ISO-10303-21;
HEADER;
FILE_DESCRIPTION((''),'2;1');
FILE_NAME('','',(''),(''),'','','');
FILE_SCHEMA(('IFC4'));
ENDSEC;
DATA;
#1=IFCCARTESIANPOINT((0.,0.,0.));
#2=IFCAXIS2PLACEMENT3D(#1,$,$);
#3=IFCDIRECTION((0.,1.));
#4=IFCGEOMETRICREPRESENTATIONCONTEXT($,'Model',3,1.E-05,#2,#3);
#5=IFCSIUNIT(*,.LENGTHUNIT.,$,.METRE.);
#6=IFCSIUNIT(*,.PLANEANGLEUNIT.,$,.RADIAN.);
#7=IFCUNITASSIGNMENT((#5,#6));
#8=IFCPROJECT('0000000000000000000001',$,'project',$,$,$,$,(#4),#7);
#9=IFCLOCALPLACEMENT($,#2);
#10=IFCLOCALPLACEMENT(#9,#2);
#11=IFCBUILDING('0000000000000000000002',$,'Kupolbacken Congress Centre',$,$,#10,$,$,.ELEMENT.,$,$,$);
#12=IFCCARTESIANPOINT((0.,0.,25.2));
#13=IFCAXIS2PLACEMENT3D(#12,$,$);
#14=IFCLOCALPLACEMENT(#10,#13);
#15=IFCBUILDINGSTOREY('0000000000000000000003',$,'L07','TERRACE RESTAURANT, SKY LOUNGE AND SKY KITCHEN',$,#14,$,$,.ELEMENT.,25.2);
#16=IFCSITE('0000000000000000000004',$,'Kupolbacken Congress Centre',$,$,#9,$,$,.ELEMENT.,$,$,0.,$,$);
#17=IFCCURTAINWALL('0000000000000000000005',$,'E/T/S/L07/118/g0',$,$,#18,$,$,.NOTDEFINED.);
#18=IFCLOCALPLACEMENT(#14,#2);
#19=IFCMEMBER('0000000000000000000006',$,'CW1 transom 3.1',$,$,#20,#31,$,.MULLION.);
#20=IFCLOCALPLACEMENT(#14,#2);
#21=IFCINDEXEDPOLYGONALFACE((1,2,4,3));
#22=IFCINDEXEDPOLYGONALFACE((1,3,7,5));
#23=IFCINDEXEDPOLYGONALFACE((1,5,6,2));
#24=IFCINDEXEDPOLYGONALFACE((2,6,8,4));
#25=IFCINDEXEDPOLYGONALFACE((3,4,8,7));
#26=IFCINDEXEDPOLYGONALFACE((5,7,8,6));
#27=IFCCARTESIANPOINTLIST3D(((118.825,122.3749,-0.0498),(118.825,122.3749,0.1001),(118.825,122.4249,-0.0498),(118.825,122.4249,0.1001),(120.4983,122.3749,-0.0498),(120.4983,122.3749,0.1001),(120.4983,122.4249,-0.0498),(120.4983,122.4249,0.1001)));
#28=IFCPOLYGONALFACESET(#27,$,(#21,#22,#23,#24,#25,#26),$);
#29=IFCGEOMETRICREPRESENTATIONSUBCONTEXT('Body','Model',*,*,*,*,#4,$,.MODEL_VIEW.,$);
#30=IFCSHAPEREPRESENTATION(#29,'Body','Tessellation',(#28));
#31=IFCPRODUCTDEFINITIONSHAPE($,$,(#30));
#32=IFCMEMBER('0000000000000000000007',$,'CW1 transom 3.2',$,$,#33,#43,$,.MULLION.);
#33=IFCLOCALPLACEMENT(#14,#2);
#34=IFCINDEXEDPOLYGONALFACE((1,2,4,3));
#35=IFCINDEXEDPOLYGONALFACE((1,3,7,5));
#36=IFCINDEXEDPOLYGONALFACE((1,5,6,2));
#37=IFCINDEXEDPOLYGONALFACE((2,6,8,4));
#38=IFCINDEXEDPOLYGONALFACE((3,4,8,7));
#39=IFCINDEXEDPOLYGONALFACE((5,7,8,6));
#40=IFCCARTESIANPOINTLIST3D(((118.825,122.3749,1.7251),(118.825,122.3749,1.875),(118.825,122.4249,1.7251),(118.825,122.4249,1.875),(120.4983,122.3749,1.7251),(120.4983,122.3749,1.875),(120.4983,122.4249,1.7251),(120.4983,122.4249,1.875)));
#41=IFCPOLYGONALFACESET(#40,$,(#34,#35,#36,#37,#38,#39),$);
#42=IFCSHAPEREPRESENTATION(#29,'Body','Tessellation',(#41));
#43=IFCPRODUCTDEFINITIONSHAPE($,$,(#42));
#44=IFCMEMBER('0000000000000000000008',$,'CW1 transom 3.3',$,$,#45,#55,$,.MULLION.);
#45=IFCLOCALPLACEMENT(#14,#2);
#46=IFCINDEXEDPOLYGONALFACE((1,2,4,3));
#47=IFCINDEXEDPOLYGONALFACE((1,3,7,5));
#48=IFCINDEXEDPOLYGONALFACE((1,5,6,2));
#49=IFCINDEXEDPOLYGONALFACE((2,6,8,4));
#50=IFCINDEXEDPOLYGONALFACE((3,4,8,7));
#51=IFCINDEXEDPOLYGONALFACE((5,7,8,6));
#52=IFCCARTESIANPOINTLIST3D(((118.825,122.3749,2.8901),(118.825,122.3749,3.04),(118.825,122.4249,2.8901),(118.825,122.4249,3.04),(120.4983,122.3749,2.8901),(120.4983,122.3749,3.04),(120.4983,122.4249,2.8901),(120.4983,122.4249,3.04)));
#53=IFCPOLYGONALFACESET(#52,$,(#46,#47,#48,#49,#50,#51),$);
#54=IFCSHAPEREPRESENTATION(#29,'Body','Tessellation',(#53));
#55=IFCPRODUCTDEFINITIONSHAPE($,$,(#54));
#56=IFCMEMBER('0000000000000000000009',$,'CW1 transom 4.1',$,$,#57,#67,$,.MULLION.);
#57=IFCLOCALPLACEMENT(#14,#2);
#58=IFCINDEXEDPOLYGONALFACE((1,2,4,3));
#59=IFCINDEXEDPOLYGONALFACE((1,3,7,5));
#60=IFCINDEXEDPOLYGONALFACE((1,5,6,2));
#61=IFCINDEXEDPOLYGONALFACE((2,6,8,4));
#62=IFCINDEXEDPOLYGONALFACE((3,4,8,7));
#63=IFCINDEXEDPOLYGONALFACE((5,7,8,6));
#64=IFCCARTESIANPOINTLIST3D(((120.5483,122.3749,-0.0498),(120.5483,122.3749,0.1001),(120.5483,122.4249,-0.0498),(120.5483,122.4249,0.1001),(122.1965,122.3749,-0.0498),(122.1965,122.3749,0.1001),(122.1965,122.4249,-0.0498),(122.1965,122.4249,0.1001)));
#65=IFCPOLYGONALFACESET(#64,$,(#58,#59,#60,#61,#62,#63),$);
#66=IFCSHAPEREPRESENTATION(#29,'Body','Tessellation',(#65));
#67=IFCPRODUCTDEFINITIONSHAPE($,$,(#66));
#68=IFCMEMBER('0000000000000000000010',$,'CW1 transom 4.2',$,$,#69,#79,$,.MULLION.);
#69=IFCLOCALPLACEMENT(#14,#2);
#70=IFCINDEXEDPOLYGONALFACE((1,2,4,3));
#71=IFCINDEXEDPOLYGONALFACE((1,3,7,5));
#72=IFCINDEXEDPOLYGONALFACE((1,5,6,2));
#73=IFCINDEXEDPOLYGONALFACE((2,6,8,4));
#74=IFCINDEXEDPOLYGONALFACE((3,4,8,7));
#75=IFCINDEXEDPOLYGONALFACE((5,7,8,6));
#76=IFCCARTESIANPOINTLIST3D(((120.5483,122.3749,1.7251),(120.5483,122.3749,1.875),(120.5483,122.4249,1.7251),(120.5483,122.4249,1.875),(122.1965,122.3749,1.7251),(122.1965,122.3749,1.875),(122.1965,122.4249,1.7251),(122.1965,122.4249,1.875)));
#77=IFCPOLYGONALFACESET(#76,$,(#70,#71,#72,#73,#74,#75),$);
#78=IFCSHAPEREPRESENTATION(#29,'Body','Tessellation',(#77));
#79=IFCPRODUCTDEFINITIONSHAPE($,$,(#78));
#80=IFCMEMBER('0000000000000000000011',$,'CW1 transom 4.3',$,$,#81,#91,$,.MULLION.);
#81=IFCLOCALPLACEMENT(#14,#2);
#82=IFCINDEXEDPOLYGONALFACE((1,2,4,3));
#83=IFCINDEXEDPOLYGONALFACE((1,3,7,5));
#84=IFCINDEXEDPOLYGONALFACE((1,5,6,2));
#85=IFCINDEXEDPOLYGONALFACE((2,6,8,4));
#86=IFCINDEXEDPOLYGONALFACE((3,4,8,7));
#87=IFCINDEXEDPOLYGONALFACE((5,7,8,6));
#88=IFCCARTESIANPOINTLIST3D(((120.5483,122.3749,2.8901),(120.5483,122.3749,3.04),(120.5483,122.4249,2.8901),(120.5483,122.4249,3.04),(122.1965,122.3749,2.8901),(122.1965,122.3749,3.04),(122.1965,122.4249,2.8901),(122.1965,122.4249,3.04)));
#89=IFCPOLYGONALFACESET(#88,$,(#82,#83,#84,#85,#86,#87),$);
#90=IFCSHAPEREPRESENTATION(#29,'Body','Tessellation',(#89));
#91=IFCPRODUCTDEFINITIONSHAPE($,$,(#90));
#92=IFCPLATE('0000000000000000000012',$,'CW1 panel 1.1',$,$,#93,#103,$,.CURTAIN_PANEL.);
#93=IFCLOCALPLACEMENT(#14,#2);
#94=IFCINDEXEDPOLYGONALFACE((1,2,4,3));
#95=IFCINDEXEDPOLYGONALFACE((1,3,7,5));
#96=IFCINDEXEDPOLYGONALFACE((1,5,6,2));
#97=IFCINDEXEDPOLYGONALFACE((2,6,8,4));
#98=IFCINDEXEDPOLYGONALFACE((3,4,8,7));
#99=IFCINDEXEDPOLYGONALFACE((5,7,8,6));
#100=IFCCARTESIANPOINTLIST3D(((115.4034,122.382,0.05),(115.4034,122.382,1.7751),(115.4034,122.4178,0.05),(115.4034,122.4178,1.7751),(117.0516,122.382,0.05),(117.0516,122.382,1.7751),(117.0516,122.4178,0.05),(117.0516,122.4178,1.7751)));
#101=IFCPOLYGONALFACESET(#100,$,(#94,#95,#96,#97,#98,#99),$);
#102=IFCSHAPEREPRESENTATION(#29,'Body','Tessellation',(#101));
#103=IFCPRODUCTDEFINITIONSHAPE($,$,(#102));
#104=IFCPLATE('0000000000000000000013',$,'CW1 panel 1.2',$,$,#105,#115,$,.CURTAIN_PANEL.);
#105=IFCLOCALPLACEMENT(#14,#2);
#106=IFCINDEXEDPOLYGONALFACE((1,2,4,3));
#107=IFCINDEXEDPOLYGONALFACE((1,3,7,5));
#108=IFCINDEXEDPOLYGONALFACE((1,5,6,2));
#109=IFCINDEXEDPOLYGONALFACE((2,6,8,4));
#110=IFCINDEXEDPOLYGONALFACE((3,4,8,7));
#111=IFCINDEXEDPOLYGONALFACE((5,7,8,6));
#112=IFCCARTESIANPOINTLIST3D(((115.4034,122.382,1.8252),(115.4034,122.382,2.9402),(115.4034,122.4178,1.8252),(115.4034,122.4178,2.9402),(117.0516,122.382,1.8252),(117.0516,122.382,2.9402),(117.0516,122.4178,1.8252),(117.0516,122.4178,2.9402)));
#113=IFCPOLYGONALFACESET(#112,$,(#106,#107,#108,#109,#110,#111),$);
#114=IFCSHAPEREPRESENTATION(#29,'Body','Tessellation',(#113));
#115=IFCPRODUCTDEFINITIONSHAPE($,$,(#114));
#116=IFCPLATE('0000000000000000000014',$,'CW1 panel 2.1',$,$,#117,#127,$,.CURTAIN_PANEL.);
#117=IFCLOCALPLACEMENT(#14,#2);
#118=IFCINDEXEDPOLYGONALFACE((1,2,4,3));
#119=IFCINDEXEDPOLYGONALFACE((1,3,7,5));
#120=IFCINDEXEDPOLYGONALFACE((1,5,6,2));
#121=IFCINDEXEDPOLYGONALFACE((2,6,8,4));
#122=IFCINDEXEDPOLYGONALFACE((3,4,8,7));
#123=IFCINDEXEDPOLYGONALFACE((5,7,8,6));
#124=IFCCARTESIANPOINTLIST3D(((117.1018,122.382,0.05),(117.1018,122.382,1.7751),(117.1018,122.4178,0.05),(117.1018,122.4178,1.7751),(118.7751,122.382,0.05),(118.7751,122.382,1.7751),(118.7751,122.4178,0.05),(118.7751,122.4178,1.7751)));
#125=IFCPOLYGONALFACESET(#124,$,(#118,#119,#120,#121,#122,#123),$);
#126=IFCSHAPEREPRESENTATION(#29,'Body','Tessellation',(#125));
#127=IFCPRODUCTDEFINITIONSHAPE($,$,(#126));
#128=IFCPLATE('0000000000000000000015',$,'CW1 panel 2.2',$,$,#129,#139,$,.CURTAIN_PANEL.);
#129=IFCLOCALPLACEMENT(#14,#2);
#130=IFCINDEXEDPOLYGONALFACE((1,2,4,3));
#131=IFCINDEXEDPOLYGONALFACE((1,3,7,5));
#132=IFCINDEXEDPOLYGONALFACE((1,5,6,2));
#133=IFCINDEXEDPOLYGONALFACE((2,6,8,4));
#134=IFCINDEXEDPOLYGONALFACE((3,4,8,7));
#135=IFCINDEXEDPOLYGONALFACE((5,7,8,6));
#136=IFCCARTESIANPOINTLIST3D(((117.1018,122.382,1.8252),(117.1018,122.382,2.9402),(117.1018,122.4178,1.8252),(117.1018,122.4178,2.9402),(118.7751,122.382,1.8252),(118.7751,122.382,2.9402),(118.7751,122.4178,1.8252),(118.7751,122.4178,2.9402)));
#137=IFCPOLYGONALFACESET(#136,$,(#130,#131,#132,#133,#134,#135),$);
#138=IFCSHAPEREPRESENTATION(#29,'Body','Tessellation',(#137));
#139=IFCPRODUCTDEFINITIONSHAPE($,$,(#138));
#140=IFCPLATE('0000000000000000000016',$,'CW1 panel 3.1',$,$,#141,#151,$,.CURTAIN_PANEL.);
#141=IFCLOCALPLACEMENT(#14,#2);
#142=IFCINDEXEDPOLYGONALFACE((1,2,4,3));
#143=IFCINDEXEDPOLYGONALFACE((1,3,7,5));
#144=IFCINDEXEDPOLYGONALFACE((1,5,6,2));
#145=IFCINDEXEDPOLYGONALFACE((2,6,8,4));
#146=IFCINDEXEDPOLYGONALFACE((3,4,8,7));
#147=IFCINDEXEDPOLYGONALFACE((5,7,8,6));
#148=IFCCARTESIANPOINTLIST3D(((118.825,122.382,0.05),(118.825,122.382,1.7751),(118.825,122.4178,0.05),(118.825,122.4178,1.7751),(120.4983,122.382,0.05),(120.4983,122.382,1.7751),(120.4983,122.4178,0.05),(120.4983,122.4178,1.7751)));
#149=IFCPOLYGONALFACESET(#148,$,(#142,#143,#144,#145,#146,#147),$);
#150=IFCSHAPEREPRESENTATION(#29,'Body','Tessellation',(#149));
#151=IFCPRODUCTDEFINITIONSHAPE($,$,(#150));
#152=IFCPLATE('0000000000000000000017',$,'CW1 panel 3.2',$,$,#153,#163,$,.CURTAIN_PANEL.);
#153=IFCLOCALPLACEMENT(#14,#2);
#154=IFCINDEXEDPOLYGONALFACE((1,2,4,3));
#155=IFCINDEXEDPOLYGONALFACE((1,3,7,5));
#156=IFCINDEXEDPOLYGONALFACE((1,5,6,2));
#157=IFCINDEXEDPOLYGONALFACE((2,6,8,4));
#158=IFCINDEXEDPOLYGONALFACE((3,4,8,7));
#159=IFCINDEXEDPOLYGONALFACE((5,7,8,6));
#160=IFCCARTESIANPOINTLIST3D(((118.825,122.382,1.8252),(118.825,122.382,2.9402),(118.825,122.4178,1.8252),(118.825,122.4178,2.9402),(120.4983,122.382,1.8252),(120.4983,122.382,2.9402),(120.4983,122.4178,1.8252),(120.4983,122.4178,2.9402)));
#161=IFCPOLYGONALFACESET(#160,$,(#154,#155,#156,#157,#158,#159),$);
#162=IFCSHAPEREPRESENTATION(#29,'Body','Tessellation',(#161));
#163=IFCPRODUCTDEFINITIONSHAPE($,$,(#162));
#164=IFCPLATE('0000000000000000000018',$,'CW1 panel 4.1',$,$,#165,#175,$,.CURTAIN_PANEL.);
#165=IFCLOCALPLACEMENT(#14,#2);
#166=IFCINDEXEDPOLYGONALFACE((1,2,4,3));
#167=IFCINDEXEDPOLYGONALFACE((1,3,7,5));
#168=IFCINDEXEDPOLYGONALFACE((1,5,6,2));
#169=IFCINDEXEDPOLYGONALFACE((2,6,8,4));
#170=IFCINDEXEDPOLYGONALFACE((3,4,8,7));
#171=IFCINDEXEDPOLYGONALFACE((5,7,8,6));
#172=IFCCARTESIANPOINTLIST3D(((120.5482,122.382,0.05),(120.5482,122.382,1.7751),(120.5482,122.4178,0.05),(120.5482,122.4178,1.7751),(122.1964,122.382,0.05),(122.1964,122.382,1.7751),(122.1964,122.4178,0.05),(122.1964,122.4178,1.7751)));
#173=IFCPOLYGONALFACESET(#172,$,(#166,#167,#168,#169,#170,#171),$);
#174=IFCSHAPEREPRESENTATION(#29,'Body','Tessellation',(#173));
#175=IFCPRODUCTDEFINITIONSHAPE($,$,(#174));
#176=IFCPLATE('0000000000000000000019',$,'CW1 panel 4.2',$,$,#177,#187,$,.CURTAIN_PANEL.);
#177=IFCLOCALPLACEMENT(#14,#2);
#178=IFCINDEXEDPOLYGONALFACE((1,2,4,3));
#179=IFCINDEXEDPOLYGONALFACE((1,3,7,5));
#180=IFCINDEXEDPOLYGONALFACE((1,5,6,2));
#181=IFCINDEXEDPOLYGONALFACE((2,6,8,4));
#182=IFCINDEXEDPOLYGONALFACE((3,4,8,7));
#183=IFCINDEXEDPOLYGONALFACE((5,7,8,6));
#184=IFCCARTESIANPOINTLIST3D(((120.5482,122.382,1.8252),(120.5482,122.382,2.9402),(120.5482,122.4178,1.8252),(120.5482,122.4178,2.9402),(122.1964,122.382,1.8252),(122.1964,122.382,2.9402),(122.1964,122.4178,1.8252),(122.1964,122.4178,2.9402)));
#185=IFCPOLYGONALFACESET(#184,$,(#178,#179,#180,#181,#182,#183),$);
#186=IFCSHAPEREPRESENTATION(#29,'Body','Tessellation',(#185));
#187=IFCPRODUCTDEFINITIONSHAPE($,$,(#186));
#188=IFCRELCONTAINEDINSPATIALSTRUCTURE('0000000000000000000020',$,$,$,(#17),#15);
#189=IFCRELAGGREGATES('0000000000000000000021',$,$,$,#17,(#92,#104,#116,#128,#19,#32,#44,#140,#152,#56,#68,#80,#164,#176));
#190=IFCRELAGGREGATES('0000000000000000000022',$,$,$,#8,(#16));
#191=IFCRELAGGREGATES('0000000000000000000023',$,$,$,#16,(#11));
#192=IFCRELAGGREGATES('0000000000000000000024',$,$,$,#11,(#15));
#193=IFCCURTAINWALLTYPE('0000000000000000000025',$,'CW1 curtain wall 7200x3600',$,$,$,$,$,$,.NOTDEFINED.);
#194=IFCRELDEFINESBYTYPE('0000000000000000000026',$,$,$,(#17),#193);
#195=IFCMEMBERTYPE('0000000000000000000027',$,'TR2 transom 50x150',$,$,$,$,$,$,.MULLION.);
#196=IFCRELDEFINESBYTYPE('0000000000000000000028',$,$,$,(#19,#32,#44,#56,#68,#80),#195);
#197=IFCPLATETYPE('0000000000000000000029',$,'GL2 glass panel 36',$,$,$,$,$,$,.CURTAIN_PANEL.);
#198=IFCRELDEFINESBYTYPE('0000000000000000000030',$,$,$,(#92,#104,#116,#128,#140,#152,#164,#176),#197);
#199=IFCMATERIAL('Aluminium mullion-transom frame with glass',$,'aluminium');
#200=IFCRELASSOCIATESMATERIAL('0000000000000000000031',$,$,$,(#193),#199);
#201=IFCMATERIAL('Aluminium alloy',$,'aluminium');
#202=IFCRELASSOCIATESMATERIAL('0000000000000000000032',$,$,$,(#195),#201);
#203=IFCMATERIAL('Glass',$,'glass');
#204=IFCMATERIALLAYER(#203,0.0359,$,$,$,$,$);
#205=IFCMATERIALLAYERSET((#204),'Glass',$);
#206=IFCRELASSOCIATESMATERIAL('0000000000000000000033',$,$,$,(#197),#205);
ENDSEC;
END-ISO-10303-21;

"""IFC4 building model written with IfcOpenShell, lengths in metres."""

from ifc_helpers import new_model, si_unit, direction, frame, origin, origin_2d, place, context, subcontext, project, spatial, rectangle, extrude, material, layer, layer_set, material_profile, profile_set, type_object, element, aggregate, save


model = new_model("IFC4")

# Units and contexts
model_context = context("Model", 3, precision=1e-05, world=origin(), true_north=direction((0.0, 1.0)))
body_context = subcontext(model_context, "Body", "Model", "MODEL_VIEW")
ifc_project = project(units=[si_unit("LENGTHUNIT", "METRE"), si_unit("PLANEANGLEUNIT", "RADIAN")], contexts=[model_context])

# Site, building, storey
site_placement = place(None, origin())
site = spatial("IfcSite", under=ifc_project, at=site_placement, Name="Kupolbacken Congress Centre", CompositionType="ELEMENT", RefElevation=0.0)
building_placement = place(site_placement, origin())
building = spatial("IfcBuilding", under=site, at=building_placement, Name="Kupolbacken Congress Centre", CompositionType="ELEMENT")
storey_placement = place(building_placement, frame((0.0, 0.0, 25.2)))
storey = spatial("IfcBuildingStorey", under=building, at=storey_placement, Name="L07", Description="TERRACE RESTAURANT, SKY LOUNGE AND SKY KITCHEN", CompositionType="ELEMENT", Elevation=25.2)

# Curtain wall, members, plates
ifc_material_1 = material(Name="Aluminium mullion-transom frame with glass", Category="aluminium")
curtain_wall_type = type_object("IfcCurtainWallType", Name="CW1 curtain wall 7200x3600", PredefinedType="NOTDEFINED", material=ifc_material_1)
curtain_wall_placement = place(storey_placement, origin())
curtain_wall = element("IfcCurtainWall", 1, at=curtain_wall_placement, inside=storey, type_object=curtain_wall_type, Name="E/T/S/L07/118/g0", PredefinedType="NOTDEFINED")
ifc_material_2 = material(Name="Aluminium alloy", Category="aluminium")
ifc_material_profile_1 = material_profile(ifc_material_2, rectangle(XDim=0.05, YDim=0.1499, at=origin_2d()), Name="50 x 150")
ifc_profile_set_1 = profile_set([ifc_material_profile_1], Name="Aluminium alloy")
member_type_1 = type_object("IfcMemberType", Name="TR2 transom 50x150", PredefinedType="MULLION", material=ifc_profile_set_1)
member_1_placement = place(storey_placement, frame((118.825, 122.3999, 0.0251), z_axis=(1.0, 0.0, 0.0), x_axis=(0.0, 1.0, 0.0)))
member_1 = element("IfcMember", 2, at=member_1_placement, type_object=member_type_1, Name="CW1 transom 3.1", PredefinedType="MULLION", context=body_context, shape_type="SweptSolid", body=[
    extrude(rectangle(XDim=0.05, YDim=0.1499, at=origin_2d()), origin(), (0.0, 0.0, 1.0), 1.6733),
])
member_2_placement = place(storey_placement, frame((118.825, 122.3999, 1.8), z_axis=(1.0, 0.0, 0.0), x_axis=(0.0, 1.0, 0.0)))
member_2 = element("IfcMember", 3, at=member_2_placement, type_object=member_type_1, Name="CW1 transom 3.2", PredefinedType="MULLION", context=body_context, shape_type="SweptSolid", body=[
    extrude(rectangle(XDim=0.05, YDim=0.1499, at=origin_2d()), origin(), (0.0, 0.0, 1.0), 1.6733),
])
member_3_placement = place(storey_placement, frame((118.825, 122.3999, 2.9651), z_axis=(1.0, 0.0, 0.0), x_axis=(0.0, 1.0, 0.0)))
member_3 = element("IfcMember", 4, at=member_3_placement, type_object=member_type_1, Name="CW1 transom 3.3", PredefinedType="MULLION", context=body_context, shape_type="SweptSolid", body=[
    extrude(rectangle(XDim=0.05, YDim=0.1499, at=origin_2d()), origin(), (0.0, 0.0, 1.0), 1.6733),
])
member_4_placement = place(storey_placement, frame((120.5483, 122.3999, 0.0251), z_axis=(1.0, 0.0, 0.0), x_axis=(0.0, 1.0, 0.0)))
member_4 = element("IfcMember", 5, at=member_4_placement, type_object=member_type_1, Name="CW1 transom 4.1", PredefinedType="MULLION", context=body_context, shape_type="SweptSolid", body=[
    extrude(rectangle(XDim=0.05, YDim=0.1499, at=origin_2d()), origin(), (0.0, 0.0, 1.0), 1.6482),
])
member_5_placement = place(storey_placement, frame((120.5483, 122.3999, 1.8), z_axis=(1.0, 0.0, 0.0), x_axis=(0.0, 1.0, 0.0)))
member_5 = element("IfcMember", 6, at=member_5_placement, type_object=member_type_1, Name="CW1 transom 4.2", PredefinedType="MULLION", context=body_context, shape_type="SweptSolid", body=[
    extrude(rectangle(XDim=0.05, YDim=0.1499, at=origin_2d()), origin(), (0.0, 0.0, 1.0), 1.6482),
])
member_6_placement = place(storey_placement, frame((120.5483, 122.3999, 2.9651), z_axis=(1.0, 0.0, 0.0), x_axis=(0.0, 1.0, 0.0)))
member_6 = element("IfcMember", 7, at=member_6_placement, type_object=member_type_1, Name="CW1 transom 4.3", PredefinedType="MULLION", context=body_context, shape_type="SweptSolid", body=[
    extrude(rectangle(XDim=0.05, YDim=0.1499, at=origin_2d()), origin(), (0.0, 0.0, 1.0), 1.6482),
])
ifc_material_3 = material(Name="Glass", Category="glass")
ifc_layer_1 = layer(ifc_material_3, 0.0359)
ifc_layer_set_1 = layer_set([ifc_layer_1], Name="Glass")
plate_type = type_object("IfcPlateType", Name="GL2 glass panel 36", PredefinedType="CURTAIN_PANEL", material=ifc_layer_set_1)
plate_1_placement = place(storey_placement, frame((116.2275, 122.3999, 0.05), z_axis=(0.0, 0.0, 1.0), x_axis=(1.0, 0.0, 0.0)))
plate_1 = element("IfcPlate", 8, at=plate_1_placement, type_object=plate_type, Name="CW1 panel 1.1", PredefinedType="CURTAIN_PANEL", context=body_context, shape_type="SweptSolid", body=[
    extrude(rectangle(XDim=1.6482, YDim=0.0359, at=origin_2d()), origin(), (0.0, 0.0, 1.0), 1.7251),
])
plate_2_placement = place(storey_placement, frame((116.2275, 122.3999, 1.8252), z_axis=(0.0, 0.0, 1.0), x_axis=(1.0, 0.0, 0.0)))
plate_2 = element("IfcPlate", 9, at=plate_2_placement, type_object=plate_type, Name="CW1 panel 1.2", PredefinedType="CURTAIN_PANEL", context=body_context, shape_type="SweptSolid", body=[
    extrude(rectangle(XDim=1.6482, YDim=0.0359, at=origin_2d()), origin(), (0.0, 0.0, 1.0), 1.115),
])
plate_3_placement = place(storey_placement, frame((117.9385, 122.3999, 0.05), z_axis=(0.0, 0.0, 1.0), x_axis=(1.0, 0.0, 0.0)))
plate_3 = element("IfcPlate", 10, at=plate_3_placement, type_object=plate_type, Name="CW1 panel 2.1", PredefinedType="CURTAIN_PANEL", context=body_context, shape_type="SweptSolid", body=[
    extrude(rectangle(XDim=1.6733, YDim=0.0359, at=origin_2d()), origin(), (0.0, 0.0, 1.0), 1.7251),
])
plate_4_placement = place(storey_placement, frame((117.9385, 122.3999, 1.8252), z_axis=(0.0, 0.0, 1.0), x_axis=(1.0, 0.0, 0.0)))
plate_4 = element("IfcPlate", 11, at=plate_4_placement, type_object=plate_type, Name="CW1 panel 2.2", PredefinedType="CURTAIN_PANEL", context=body_context, shape_type="SweptSolid", body=[
    extrude(rectangle(XDim=1.6733, YDim=0.0359, at=origin_2d()), origin(), (0.0, 0.0, 1.0), 1.115),
])
plate_5_placement = place(storey_placement, frame((119.6616, 122.3999, 0.05), z_axis=(0.0, 0.0, 1.0), x_axis=(1.0, 0.0, 0.0)))
plate_5 = element("IfcPlate", 12, at=plate_5_placement, type_object=plate_type, Name="CW1 panel 3.1", PredefinedType="CURTAIN_PANEL", context=body_context, shape_type="SweptSolid", body=[
    extrude(rectangle(XDim=1.6733, YDim=0.0359, at=origin_2d()), origin(), (0.0, 0.0, 1.0), 1.7251),
])
plate_6_placement = place(storey_placement, frame((119.6616, 122.3999, 1.8252), z_axis=(0.0, 0.0, 1.0), x_axis=(1.0, 0.0, 0.0)))
plate_6 = element("IfcPlate", 13, at=plate_6_placement, type_object=plate_type, Name="CW1 panel 3.2", PredefinedType="CURTAIN_PANEL", context=body_context, shape_type="SweptSolid", body=[
    extrude(rectangle(XDim=1.6733, YDim=0.0359, at=origin_2d()), origin(), (0.0, 0.0, 1.0), 1.115),
])
plate_7_placement = place(storey_placement, frame((121.3723, 122.3999, 0.05), z_axis=(0.0, 0.0, 1.0), x_axis=(1.0, 0.0, 0.0)))
plate_7 = element("IfcPlate", 14, at=plate_7_placement, type_object=plate_type, Name="CW1 panel 4.1", PredefinedType="CURTAIN_PANEL", context=body_context, shape_type="SweptSolid", body=[
    extrude(rectangle(XDim=1.6482, YDim=0.0359, at=origin_2d()), origin(), (0.0, 0.0, 1.0), 1.7251),
])
plate_8_placement = place(storey_placement, frame((121.3723, 122.3999, 1.8252), z_axis=(0.0, 0.0, 1.0), x_axis=(1.0, 0.0, 0.0)))
plate_8 = element("IfcPlate", 15, at=plate_8_placement, type_object=plate_type, Name="CW1 panel 4.2", PredefinedType="CURTAIN_PANEL", context=body_context, shape_type="SweptSolid", body=[
    extrude(rectangle(XDim=1.6482, YDim=0.0359, at=origin_2d()), origin(), (0.0, 0.0, 1.0), 1.115),
])
aggregate(curtain_wall, [plate_1, plate_2, plate_3, plate_4, member_1, member_2, member_3, plate_5, plate_6, member_4, member_5, member_6, plate_7, plate_8])

save(model, "model.ifc")
